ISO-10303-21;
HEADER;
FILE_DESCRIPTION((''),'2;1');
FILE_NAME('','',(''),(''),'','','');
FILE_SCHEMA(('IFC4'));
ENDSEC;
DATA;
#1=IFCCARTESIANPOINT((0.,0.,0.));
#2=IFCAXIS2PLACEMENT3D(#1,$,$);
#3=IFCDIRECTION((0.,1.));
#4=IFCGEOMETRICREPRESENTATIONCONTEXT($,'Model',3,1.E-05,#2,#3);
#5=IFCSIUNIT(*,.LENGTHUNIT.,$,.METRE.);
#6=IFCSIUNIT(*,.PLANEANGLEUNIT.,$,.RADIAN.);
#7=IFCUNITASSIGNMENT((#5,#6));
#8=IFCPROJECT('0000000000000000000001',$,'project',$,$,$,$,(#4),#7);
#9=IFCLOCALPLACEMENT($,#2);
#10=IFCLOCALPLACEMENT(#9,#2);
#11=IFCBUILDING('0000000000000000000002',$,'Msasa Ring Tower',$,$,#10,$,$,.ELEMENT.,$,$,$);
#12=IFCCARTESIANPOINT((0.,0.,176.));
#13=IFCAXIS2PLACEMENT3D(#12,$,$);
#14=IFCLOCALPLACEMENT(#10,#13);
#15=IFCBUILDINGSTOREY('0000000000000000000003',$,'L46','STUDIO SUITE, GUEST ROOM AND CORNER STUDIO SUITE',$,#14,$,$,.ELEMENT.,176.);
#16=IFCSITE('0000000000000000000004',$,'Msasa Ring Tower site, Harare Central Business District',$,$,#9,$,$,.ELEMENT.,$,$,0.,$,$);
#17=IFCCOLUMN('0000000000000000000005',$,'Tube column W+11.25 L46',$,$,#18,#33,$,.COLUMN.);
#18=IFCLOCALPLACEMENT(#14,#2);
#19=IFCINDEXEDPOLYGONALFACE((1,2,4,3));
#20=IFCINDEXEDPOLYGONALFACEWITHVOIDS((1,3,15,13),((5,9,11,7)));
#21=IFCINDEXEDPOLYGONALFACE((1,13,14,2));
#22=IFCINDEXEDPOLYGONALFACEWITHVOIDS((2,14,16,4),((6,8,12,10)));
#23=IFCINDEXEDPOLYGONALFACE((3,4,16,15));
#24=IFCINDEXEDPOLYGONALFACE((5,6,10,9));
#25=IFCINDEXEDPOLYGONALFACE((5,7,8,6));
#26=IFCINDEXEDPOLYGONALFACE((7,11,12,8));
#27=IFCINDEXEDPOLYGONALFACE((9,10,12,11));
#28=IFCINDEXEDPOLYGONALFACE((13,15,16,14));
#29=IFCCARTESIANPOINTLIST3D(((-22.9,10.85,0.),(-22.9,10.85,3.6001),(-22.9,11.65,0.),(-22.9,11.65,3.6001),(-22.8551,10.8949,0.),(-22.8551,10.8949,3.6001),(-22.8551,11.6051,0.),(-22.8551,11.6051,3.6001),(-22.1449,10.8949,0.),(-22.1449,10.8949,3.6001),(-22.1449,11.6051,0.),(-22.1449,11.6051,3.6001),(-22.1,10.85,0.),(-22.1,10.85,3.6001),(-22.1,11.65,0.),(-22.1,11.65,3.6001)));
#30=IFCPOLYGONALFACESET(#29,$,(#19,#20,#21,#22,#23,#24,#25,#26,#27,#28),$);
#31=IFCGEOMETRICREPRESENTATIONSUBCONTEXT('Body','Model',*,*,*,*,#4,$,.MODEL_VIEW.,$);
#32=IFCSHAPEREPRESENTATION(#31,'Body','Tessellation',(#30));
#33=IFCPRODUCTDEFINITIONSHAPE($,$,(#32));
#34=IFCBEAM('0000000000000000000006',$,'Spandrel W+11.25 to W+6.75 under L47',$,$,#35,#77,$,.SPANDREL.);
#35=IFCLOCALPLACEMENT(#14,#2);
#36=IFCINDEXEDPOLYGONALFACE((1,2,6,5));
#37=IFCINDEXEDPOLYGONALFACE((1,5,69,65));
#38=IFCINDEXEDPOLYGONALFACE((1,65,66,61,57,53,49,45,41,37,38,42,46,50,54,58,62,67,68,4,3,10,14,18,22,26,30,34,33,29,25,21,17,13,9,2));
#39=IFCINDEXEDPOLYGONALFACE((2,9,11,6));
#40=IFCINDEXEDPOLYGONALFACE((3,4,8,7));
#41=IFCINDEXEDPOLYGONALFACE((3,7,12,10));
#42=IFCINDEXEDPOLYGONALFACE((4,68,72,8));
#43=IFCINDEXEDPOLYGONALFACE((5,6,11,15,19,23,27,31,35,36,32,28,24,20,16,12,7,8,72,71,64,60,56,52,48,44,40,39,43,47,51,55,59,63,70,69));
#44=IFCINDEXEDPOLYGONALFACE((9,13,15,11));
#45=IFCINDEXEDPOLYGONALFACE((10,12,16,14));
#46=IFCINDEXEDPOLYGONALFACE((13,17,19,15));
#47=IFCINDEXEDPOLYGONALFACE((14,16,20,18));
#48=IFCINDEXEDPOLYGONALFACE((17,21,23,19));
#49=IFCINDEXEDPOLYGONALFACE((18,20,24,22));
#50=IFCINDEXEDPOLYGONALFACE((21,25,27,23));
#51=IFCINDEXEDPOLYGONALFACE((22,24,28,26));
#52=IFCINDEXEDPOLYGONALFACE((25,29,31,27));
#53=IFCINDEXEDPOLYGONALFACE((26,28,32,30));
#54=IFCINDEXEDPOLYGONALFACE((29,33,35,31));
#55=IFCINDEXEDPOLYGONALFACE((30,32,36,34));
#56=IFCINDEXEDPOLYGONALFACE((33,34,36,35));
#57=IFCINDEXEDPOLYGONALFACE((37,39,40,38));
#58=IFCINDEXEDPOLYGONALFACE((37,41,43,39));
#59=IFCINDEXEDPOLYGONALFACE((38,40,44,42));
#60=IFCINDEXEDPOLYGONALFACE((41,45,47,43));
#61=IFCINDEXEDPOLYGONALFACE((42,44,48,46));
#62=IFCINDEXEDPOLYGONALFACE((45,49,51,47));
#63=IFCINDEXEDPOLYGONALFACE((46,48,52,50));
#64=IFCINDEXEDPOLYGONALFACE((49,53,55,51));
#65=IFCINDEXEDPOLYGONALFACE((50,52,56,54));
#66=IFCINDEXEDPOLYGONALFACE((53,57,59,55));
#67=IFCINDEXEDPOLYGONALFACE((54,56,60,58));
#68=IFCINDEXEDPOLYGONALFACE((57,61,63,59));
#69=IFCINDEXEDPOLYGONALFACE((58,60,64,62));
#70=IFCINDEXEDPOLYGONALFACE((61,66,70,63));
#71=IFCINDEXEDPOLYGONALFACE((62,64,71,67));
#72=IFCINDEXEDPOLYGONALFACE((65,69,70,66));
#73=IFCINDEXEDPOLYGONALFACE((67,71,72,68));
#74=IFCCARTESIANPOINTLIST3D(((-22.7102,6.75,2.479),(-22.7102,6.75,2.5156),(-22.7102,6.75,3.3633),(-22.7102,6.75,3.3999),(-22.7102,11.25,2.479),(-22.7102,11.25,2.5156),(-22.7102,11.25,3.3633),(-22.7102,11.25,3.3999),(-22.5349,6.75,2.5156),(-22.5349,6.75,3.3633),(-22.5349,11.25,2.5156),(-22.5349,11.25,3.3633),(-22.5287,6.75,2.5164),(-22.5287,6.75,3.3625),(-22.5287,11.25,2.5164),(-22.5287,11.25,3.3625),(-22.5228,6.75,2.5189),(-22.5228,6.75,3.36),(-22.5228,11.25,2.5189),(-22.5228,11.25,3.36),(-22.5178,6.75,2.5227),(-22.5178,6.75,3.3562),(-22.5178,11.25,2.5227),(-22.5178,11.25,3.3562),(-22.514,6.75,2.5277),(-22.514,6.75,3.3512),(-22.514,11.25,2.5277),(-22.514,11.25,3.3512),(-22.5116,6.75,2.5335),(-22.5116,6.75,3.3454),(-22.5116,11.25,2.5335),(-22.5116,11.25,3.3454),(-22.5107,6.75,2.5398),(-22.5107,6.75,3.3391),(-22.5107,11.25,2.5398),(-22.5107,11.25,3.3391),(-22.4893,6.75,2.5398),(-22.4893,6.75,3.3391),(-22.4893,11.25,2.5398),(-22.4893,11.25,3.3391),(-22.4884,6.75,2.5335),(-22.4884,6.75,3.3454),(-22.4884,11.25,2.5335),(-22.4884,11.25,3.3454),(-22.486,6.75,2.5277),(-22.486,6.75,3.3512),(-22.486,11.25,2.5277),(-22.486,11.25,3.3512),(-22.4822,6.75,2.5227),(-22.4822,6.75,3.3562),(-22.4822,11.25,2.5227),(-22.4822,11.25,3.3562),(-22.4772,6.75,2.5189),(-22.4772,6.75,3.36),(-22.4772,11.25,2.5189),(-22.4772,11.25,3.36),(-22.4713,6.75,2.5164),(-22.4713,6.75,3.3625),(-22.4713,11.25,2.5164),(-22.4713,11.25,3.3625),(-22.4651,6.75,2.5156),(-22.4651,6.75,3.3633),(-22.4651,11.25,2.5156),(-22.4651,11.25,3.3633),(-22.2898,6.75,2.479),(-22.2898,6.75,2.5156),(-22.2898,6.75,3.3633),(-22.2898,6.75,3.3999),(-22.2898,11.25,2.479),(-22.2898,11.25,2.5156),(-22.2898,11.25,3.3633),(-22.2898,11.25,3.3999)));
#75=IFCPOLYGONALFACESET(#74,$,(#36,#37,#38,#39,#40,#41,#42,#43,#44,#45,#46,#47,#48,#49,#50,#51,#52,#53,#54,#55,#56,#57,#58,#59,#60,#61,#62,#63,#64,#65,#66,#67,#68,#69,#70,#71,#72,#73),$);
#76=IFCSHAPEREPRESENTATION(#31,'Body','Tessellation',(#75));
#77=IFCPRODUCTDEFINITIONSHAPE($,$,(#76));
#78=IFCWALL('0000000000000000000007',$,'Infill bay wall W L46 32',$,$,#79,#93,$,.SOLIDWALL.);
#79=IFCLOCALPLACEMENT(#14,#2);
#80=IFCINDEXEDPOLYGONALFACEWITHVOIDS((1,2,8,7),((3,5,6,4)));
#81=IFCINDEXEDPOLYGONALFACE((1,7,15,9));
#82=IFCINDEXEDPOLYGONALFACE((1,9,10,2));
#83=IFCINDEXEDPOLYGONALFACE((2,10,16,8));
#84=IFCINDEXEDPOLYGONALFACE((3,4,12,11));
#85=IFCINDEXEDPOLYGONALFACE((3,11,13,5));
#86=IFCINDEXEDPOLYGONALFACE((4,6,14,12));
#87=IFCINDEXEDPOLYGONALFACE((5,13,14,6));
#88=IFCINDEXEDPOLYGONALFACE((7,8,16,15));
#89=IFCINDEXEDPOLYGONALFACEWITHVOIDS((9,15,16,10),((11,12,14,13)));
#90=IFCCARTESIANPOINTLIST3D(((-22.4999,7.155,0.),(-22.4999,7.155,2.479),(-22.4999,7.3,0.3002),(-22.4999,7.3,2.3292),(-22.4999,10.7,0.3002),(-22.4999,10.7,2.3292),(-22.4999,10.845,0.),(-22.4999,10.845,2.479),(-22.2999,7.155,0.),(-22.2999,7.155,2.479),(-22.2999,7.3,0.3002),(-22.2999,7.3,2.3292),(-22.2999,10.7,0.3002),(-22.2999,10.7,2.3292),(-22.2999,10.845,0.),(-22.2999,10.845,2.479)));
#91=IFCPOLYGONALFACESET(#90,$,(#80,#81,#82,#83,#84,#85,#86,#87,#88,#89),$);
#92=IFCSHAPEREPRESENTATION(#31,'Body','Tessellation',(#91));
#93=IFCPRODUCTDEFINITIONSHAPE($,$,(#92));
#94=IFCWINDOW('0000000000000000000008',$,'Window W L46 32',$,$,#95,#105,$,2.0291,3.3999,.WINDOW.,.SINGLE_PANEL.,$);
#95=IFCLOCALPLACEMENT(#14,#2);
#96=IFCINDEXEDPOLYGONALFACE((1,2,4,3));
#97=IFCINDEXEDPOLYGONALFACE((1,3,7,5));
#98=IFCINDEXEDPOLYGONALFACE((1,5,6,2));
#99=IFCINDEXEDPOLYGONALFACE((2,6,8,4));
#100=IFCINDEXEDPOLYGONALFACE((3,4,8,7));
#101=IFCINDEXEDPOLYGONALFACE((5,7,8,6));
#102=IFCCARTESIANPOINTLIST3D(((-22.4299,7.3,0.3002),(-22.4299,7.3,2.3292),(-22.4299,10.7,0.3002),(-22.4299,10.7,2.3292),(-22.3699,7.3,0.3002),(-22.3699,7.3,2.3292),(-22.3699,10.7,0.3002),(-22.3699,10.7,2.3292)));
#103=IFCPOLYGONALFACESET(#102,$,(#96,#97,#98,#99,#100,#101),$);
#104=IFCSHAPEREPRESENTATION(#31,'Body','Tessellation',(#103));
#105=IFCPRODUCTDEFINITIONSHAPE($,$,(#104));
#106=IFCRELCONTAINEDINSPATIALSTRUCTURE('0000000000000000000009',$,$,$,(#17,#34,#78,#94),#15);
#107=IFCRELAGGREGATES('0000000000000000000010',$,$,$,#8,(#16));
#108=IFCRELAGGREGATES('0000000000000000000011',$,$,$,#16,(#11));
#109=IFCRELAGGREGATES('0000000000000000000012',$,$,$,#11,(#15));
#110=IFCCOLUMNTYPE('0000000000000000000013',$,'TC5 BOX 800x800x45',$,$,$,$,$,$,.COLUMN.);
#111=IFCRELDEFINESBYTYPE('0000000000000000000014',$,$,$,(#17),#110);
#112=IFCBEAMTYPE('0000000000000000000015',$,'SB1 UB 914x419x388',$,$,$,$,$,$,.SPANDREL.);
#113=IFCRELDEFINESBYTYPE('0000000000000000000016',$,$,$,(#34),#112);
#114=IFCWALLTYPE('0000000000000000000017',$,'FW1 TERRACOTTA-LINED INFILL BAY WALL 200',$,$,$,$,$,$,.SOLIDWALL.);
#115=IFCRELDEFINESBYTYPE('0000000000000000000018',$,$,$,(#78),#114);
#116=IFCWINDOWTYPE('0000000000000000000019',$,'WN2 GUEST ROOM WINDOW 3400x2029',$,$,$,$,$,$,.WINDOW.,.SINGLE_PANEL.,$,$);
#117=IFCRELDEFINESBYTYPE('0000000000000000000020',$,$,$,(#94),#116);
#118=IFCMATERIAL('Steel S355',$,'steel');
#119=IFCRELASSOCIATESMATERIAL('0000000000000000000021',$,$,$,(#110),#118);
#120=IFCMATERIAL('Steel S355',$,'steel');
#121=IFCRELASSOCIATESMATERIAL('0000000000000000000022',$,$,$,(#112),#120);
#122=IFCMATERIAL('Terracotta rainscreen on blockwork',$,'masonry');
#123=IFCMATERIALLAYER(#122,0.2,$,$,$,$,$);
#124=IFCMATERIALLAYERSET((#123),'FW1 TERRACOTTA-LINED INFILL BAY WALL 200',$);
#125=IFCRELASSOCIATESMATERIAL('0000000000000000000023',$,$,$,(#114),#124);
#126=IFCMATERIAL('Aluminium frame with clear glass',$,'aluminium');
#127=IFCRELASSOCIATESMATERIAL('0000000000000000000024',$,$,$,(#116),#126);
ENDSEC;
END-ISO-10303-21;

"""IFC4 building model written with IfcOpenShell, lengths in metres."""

from ifc_helpers import new_model, si_unit, direction, frame, frame_2d, origin, origin_2d, place, context, subcontext, project, spatial, rectangle, hollow_rectangle, i_section, extrude, material, layer, layer_set, material_profile, profile_set, type_object, element, fill, save


model = new_model("IFC4")

# Units and contexts
model_context = context("Model", 3, precision=1e-05, world=origin(), true_north=direction((0.0, 1.0)))
body_context = subcontext(model_context, "Body", "Model", "MODEL_VIEW")
ifc_project = project(units=[si_unit("LENGTHUNIT", "METRE"), si_unit("PLANEANGLEUNIT", "RADIAN")], contexts=[model_context])

# Site, building, storey
site_placement = place(None, origin())
site = spatial("IfcSite", under=ifc_project, at=site_placement, Name="Msasa Ring Tower site, Harare Central Business District", CompositionType="ELEMENT", RefElevation=0.0)
building_placement = place(site_placement, origin())
building = spatial("IfcBuilding", under=site, at=building_placement, Name="Msasa Ring Tower", CompositionType="ELEMENT")
storey_placement = place(building_placement, frame((0.0, 0.0, 176.0)))
storey = spatial("IfcBuildingStorey", under=building, at=storey_placement, Name="L46", Description="STUDIO SUITE, GUEST ROOM AND CORNER STUDIO SUITE", CompositionType="ELEMENT", Elevation=176.0)

# Column
ifc_material_1 = material(Name="Steel S355", Category="steel")
ifc_material_profile_1 = material_profile(ifc_material_1, hollow_rectangle(XDim=0.8, YDim=0.8, WallThickness=0.0449, at=origin_2d()), Name="BOX 800x800x45")
ifc_profile_set_1 = profile_set([ifc_material_profile_1], Name="Steel S355")
column_type = type_object("IfcColumnType", Name="TC5 BOX 800x800x45", PredefinedType="COLUMN", material=ifc_profile_set_1)
column_placement = place(storey_placement, frame((-22.5, 11.25, 0.0), z_axis=(0.0, 0.0, 1.0), x_axis=(1.0, 0.0, 0.0)))
element("IfcColumn", 1, at=column_placement, inside=storey, type_object=column_type, Name="Tube column W+11.25 L46", PredefinedType="COLUMN", context=body_context, shape_type="SweptSolid", body=[
    extrude(hollow_rectangle(XDim=0.8, YDim=0.8, WallThickness=0.0449, at=origin_2d()), origin(), (0.0, 0.0, 1.0), 3.6001),
])

# Beam
ifc_material_2 = material(Name="Steel S355", Category="steel")
ifc_material_profile_2 = material_profile(ifc_material_2, i_section(OverallWidth=0.4204, OverallDepth=0.9209, WebThickness=0.0215, FlangeThickness=0.0366, FilletRadius=0.0242, at=origin_2d()), Name="UB 914x419x388")
ifc_profile_set_2 = profile_set([ifc_material_profile_2], Name="Steel S355")
beam_type = type_object("IfcBeamType", Name="SB1 UB 914x419x388", PredefinedType="SPANDREL", material=ifc_profile_set_2)
beam_placement = place(storey_placement, frame((-22.5, 11.25, 2.9395), z_axis=(0.0, -1.0, 0.0), x_axis=(1.0, 0.0, 0.0)))
element("IfcBeam", 2, at=beam_placement, inside=storey, type_object=beam_type, Name="Spandrel W+11.25 to W+6.75 under L47", PredefinedType="SPANDREL", context=body_context, shape_type="SweptSolid", body=[
    extrude(i_section(OverallWidth=0.4204, OverallDepth=0.9209, WebThickness=0.0215, FlangeThickness=0.0366, FilletRadius=0.0242, at=origin_2d()), origin(), (0.0, 0.0, 1.0), 4.5),
])

# Wall, opening, window
ifc_material_3 = material(Name="Terracotta rainscreen on blockwork", Category="masonry")
ifc_layer_1 = layer(ifc_material_3, 0.2)
ifc_layer_set_1 = layer_set([ifc_layer_1], Name="FW1 TERRACOTTA-LINED INFILL BAY WALL 200")
wall_type_1 = type_object("IfcWallType", Name="FW1 TERRACOTTA-LINED INFILL BAY WALL 200", PredefinedType="SOLIDWALL", material=ifc_layer_set_1)
wall_1_placement = place(storey_placement, frame((-22.3999, 7.155, 0.0), z_axis=(0.0, 0.0, 1.0), x_axis=(0.0, 1.0, 0.0)))
wall_1 = element("IfcWall", 3, at=wall_1_placement, inside=storey, type_object=wall_type_1, Name="Infill bay wall W L46 32", PredefinedType="SOLIDWALL", context=body_context, shape_type="SweptSolid", body=[
    extrude(rectangle(XDim=3.6899, YDim=0.2, at=frame_2d((1.845, 0.0))), origin(), (0.0, 0.0, 1.0), 2.479),
])
opening_1_placement = place(wall_1_placement, frame((0.145, 0.0, 0.3)))
opening_1 = element("IfcOpeningElement", 4, at=opening_1_placement, cuts=wall_1, PredefinedType="OPENING", context=body_context, shape_type="SweptSolid", body=[
    extrude(rectangle(XDim=3.3999, YDim=2.0291, at=frame_2d((1.7, 1.0146))), frame((0.0, 0.1099, 0.0), z_axis=(0.0, -1.0, 0.0), x_axis=(1.0, 0.0, 0.0)), (0.0, 0.0, 1.0), 0.22),
])
ifc_material_4 = material(Name="Aluminium frame with clear glass", Category="aluminium")
window_type = type_object("IfcWindowType", Name="WN2 GUEST ROOM WINDOW 3400x2029", PartitioningType="SINGLE_PANEL", PredefinedType="WINDOW", material=ifc_material_4)
window_placement = place(opening_1_placement, origin())
window = element("IfcWindow", 5, at=window_placement, inside=storey, type_object=window_type, Name="Window W L46 32", OverallHeight=2.0291, OverallWidth=3.3999, PartitioningType="SINGLE_PANEL", PredefinedType="WINDOW", context=body_context, shape_type="SweptSolid", body=[
    extrude(rectangle(XDim=3.3999, YDim=2.0291, at=frame_2d((1.7, 1.0146))), frame((0.0, 0.03, 0.0), z_axis=(0.0, -1.0, 0.0), x_axis=(1.0, 0.0, 0.0)), (0.0, 0.0, 1.0), 0.0601),
])
fill(opening_1, window)

save(model, "model.ifc")
